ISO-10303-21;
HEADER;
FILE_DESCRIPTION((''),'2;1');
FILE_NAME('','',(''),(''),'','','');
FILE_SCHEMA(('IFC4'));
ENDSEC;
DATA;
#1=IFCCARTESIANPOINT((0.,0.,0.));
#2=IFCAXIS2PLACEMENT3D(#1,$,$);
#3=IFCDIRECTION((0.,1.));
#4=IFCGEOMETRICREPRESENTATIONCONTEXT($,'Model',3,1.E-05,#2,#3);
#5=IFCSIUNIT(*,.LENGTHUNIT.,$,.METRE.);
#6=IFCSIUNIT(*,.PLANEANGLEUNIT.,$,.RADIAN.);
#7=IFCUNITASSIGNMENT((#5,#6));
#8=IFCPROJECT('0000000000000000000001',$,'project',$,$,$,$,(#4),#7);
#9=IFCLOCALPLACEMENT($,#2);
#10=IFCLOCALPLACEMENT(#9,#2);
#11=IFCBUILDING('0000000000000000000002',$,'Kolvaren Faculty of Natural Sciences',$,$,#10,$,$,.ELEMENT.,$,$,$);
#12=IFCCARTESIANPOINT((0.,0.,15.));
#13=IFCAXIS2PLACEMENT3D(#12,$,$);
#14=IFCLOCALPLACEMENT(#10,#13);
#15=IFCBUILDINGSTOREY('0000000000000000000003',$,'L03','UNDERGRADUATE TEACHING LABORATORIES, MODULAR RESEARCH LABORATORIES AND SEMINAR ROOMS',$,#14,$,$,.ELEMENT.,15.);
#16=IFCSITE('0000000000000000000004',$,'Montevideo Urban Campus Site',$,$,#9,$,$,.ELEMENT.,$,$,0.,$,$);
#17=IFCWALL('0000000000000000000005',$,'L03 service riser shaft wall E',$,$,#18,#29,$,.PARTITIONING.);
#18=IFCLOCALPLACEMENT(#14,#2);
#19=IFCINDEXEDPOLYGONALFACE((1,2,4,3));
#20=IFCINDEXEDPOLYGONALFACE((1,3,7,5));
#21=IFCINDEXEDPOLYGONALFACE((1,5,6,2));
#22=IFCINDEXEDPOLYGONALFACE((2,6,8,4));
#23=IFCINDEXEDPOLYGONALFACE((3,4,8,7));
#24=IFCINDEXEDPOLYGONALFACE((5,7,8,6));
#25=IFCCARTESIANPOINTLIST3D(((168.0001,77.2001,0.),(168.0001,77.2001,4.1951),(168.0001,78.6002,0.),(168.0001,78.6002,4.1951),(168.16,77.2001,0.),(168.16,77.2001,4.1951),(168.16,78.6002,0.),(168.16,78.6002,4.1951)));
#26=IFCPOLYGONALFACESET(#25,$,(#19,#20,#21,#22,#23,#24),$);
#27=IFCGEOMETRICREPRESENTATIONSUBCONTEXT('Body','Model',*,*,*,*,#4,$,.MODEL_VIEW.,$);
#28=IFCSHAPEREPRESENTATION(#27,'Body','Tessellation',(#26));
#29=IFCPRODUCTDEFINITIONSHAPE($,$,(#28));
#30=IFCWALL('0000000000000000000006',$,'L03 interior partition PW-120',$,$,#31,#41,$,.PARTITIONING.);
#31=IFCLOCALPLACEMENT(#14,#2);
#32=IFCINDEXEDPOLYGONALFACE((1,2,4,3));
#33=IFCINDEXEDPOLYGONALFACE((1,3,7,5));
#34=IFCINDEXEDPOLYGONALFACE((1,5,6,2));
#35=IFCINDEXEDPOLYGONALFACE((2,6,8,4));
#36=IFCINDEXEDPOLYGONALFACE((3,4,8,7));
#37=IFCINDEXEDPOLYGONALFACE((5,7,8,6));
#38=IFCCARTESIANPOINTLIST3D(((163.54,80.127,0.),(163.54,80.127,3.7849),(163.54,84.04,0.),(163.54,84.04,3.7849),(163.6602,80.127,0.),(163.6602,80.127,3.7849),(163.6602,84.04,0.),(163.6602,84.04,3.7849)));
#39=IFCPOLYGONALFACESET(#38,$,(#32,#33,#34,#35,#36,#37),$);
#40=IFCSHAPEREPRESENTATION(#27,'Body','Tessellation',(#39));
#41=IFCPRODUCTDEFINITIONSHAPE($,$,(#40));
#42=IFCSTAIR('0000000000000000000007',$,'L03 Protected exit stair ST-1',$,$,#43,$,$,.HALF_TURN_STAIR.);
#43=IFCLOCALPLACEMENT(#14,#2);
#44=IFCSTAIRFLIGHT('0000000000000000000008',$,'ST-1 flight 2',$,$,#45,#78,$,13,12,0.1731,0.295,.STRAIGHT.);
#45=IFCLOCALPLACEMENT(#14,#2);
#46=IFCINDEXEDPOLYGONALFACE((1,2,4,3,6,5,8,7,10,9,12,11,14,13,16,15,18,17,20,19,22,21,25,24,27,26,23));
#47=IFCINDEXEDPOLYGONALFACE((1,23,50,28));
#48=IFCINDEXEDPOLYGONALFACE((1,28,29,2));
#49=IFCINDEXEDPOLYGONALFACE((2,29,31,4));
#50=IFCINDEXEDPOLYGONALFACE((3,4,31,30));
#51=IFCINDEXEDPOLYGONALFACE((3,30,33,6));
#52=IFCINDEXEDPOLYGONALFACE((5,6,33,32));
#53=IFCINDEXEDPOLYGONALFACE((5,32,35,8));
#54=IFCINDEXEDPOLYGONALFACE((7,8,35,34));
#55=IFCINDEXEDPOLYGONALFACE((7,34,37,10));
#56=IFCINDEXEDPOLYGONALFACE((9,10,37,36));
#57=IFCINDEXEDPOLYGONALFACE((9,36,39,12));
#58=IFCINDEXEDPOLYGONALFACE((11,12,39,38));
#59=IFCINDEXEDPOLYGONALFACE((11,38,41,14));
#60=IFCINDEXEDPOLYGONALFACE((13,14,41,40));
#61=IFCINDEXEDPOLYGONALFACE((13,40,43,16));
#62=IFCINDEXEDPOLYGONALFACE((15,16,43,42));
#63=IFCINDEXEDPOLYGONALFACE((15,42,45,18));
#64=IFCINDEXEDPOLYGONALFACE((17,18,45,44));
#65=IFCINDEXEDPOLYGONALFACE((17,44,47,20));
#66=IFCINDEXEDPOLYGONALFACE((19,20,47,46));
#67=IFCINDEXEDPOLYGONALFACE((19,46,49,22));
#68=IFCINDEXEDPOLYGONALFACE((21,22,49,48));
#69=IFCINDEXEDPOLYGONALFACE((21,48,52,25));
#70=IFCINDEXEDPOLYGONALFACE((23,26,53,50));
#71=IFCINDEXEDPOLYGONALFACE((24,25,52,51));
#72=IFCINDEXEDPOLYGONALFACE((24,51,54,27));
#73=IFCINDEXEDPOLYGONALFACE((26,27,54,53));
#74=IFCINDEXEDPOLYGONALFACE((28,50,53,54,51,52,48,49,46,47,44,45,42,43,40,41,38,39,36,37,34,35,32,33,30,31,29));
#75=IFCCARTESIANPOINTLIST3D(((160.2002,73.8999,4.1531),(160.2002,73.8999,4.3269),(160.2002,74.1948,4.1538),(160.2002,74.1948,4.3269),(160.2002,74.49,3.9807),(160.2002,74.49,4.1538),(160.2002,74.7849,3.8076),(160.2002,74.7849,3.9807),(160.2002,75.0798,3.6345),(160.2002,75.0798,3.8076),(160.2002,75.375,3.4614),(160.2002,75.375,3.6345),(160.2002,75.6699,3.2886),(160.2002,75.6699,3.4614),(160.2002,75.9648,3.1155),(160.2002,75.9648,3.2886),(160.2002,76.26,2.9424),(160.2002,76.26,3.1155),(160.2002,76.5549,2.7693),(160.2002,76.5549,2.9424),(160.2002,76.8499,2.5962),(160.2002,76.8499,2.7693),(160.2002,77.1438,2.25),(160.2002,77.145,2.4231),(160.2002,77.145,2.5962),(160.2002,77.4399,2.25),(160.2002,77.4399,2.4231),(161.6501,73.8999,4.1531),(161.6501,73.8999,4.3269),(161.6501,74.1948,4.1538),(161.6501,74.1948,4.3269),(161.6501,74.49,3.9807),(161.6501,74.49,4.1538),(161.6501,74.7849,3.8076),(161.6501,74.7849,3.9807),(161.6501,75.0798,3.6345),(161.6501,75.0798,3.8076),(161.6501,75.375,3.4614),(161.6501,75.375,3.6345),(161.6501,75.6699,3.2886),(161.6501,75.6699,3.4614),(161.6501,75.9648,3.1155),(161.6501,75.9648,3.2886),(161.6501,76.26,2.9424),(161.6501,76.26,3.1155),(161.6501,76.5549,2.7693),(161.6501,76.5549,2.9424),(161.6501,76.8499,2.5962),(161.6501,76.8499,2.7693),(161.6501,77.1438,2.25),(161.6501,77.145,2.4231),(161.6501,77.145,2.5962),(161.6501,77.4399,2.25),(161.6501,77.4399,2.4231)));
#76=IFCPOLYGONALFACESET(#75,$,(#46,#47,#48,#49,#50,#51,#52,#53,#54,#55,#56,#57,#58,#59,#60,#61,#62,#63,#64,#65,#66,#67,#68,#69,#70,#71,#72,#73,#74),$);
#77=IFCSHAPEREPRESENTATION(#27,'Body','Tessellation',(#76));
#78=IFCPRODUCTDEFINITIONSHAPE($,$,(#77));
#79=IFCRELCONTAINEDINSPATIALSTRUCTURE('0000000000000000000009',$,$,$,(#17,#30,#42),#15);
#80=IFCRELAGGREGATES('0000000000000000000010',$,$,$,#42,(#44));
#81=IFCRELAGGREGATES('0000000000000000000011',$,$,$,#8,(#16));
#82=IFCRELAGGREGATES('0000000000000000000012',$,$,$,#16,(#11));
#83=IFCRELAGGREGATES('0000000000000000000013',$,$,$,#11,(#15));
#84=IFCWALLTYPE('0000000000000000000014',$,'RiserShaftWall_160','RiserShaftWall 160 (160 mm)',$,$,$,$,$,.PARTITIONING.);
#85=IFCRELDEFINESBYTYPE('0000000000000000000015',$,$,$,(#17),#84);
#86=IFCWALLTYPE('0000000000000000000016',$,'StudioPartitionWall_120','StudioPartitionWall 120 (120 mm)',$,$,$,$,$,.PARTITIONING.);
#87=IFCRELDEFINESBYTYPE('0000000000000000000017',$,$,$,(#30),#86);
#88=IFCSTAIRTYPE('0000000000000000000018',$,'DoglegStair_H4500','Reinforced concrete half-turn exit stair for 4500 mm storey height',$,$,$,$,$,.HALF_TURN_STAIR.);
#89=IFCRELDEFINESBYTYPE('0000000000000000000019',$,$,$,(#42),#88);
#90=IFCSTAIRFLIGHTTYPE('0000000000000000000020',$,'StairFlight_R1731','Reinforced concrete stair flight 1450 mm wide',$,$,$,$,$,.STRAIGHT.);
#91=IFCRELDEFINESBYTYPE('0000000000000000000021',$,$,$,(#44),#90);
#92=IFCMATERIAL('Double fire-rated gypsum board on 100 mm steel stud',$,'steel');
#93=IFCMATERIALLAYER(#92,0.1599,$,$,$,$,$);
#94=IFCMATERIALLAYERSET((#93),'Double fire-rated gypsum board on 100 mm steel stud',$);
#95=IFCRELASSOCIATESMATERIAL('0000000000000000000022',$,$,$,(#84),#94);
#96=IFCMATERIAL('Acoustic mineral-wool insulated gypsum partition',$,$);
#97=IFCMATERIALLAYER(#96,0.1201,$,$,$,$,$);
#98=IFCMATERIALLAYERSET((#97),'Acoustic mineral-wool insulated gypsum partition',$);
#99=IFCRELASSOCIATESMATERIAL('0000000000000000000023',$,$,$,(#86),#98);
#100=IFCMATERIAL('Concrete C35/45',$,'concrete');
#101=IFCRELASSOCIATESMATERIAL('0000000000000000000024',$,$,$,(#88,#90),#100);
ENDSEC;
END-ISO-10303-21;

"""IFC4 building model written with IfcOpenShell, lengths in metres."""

from ifc_helpers import new_model, si_unit, direction, frame, frame_2d, origin, place, context, subcontext, project, spatial, polyline, rectangle, outline, extrude, material, layer, layer_set, type_object, element, aggregate, save


model = new_model("IFC4")

# Units and contexts
model_context = context("Model", 3, precision=1e-05, world=origin(), true_north=direction((0.0, 1.0)))
body_context = subcontext(model_context, "Body", "Model", "MODEL_VIEW")
ifc_project = project(units=[si_unit("LENGTHUNIT", "METRE"), si_unit("PLANEANGLEUNIT", "RADIAN")], contexts=[model_context])

# Site, building, storey
site_placement = place(None, origin())
site = spatial("IfcSite", under=ifc_project, at=site_placement, Name="Montevideo Urban Campus Site", CompositionType="ELEMENT", RefElevation=0.0)
building_placement = place(site_placement, origin())
building = spatial("IfcBuilding", under=site, at=building_placement, Name="Kolvaren Faculty of Natural Sciences", CompositionType="ELEMENT")
storey_placement = place(building_placement, frame((0.0, 0.0, 15.0)))
storey = spatial("IfcBuildingStorey", under=building, at=storey_placement, Name="L03", Description="UNDERGRADUATE TEACHING LABORATORIES, MODULAR RESEARCH LABORATORIES AND SEMINAR ROOMS", CompositionType="ELEMENT", Elevation=15.0)

# Shared definitions
ifc_material_1 = material(Name="Concrete C35/45", Category="concrete")

# Shared definitions
ifc_material_2 = material(Name="Acoustic mineral-wool insulated gypsum partition")

# Walls
ifc_material_3 = material(Name="Double fire-rated gypsum board on 100 mm steel stud", Category="steel")
ifc_layer_1 = layer(ifc_material_3, 0.1599)
ifc_layer_set_1 = layer_set([ifc_layer_1], Name="Double fire-rated gypsum board on 100 mm steel stud")
wall_type_1 = type_object("IfcWallType", Name="RiserShaftWall_160", Description="RiserShaftWall 160 (160 mm)", PredefinedType="PARTITIONING", material=ifc_layer_set_1)
for number, where, z_axis, x_axis, name in (
    (1, (168.0801, 77.2, 0.0), (0.0, 0.0, 1.0), (0.0, 1.0, 0.0), "L03 service riser shaft wall E"),
):
    element("IfcWall", number, at=place(storey_placement, frame(where, z_axis=z_axis, x_axis=x_axis)), inside=storey, type_object=wall_type_1, Name=name, PredefinedType="PARTITIONING", context=body_context, shape_type="SweptSolid", body=[
        extrude(rectangle(XDim=1.4001, YDim=0.1599, at=frame_2d((0.7002, 0.0))), origin(), (0.0, 0.0, 1.0), 4.1951),
    ])
ifc_layer_2 = layer(ifc_material_2, 0.1201)
ifc_layer_set_2 = layer_set([ifc_layer_2], Name="Acoustic mineral-wool insulated gypsum partition")
wall_type_2 = type_object("IfcWallType", Name="StudioPartitionWall_120", Description="StudioPartitionWall 120 (120 mm)", PredefinedType="PARTITIONING", material=ifc_layer_set_2)
wall_1_placement = place(storey_placement, frame((163.6001, 84.04, 0.0), z_axis=(0.0, 0.0, 1.0), x_axis=(0.0, -1.0, 0.0)))
element("IfcWall", 2, at=wall_1_placement, inside=storey, type_object=wall_type_2, Name="L03 interior partition PW-120", PredefinedType="PARTITIONING", context=body_context, shape_type="SweptSolid", body=[
    extrude(rectangle(XDim=3.9131, YDim=0.1201, at=frame_2d((1.9565, 0.0))), origin(), (0.0, 0.0, 1.0), 3.7849),
])

# Stair, stair flight
stair_type = type_object("IfcStairType", Name="DoglegStair_H4500", Description="Reinforced concrete half-turn exit stair for 4500 mm storey height", PredefinedType="HALF_TURN_STAIR", material=ifc_material_1)
stair_placement = place(storey_placement, origin())
stair = element("IfcStair", 3, at=stair_placement, inside=storey, type_object=stair_type, Name="L03 Protected exit stair ST-1", PredefinedType="HALF_TURN_STAIR")
stair_flight_type = type_object("IfcStairFlightType", Name="StairFlight_R1731", Description="Reinforced concrete stair flight 1450 mm wide", PredefinedType="STRAIGHT", material=ifc_material_1)
stair_flight_placement = place(storey_placement, frame((160.925, 77.4399, 2.25), z_axis=(0.0, 0.0, 1.0), x_axis=(0.0, -1.0, 0.0)))
stair_flight = element("IfcStairFlight", 4, at=stair_flight_placement, type_object=stair_flight_type, Name="ST-1 flight 2", NumberOfRisers=13, NumberOfTreads=12, PredefinedType="STRAIGHT", RiserHeight=0.1731, TreadLength=0.295, context=body_context, shape_type="SweptSolid", body=[
    extrude(outline(polyline([(0.0, 0.0), (0.0, 0.1731), (0.2949, 0.1731), (0.2949, 0.3462), (0.5901, 0.3462), (0.5901, 0.5193), (0.885, 0.5193), (0.885, 0.6924), (1.1799, 0.6924), (1.1799, 0.8655), (1.4751, 0.8655), (1.4751, 1.0386), (1.77, 1.0386), (1.77, 1.2114), (2.0649, 1.2114), (2.0649, 1.3845), (2.3601, 1.3845), (2.3601, 1.5576), (2.655, 1.5576), (2.655, 1.7307), (2.95, 1.7307), (2.95, 1.9038), (3.2451, 1.9038), (3.2451, 2.0769), (3.54, 2.0769), (3.54, 2.25), (3.54, 1.9031), (0.2961, 0.0), (0.0, 0.0)])), frame((0.0, 0.7251, 0.0), z_axis=(0.0, -1.0, 0.0), x_axis=(1.0, 0.0, 0.0)), (0.0, 0.0, 1.0), 1.45),
])
aggregate(stair, [stair_flight])

save(model, "model.ifc")
